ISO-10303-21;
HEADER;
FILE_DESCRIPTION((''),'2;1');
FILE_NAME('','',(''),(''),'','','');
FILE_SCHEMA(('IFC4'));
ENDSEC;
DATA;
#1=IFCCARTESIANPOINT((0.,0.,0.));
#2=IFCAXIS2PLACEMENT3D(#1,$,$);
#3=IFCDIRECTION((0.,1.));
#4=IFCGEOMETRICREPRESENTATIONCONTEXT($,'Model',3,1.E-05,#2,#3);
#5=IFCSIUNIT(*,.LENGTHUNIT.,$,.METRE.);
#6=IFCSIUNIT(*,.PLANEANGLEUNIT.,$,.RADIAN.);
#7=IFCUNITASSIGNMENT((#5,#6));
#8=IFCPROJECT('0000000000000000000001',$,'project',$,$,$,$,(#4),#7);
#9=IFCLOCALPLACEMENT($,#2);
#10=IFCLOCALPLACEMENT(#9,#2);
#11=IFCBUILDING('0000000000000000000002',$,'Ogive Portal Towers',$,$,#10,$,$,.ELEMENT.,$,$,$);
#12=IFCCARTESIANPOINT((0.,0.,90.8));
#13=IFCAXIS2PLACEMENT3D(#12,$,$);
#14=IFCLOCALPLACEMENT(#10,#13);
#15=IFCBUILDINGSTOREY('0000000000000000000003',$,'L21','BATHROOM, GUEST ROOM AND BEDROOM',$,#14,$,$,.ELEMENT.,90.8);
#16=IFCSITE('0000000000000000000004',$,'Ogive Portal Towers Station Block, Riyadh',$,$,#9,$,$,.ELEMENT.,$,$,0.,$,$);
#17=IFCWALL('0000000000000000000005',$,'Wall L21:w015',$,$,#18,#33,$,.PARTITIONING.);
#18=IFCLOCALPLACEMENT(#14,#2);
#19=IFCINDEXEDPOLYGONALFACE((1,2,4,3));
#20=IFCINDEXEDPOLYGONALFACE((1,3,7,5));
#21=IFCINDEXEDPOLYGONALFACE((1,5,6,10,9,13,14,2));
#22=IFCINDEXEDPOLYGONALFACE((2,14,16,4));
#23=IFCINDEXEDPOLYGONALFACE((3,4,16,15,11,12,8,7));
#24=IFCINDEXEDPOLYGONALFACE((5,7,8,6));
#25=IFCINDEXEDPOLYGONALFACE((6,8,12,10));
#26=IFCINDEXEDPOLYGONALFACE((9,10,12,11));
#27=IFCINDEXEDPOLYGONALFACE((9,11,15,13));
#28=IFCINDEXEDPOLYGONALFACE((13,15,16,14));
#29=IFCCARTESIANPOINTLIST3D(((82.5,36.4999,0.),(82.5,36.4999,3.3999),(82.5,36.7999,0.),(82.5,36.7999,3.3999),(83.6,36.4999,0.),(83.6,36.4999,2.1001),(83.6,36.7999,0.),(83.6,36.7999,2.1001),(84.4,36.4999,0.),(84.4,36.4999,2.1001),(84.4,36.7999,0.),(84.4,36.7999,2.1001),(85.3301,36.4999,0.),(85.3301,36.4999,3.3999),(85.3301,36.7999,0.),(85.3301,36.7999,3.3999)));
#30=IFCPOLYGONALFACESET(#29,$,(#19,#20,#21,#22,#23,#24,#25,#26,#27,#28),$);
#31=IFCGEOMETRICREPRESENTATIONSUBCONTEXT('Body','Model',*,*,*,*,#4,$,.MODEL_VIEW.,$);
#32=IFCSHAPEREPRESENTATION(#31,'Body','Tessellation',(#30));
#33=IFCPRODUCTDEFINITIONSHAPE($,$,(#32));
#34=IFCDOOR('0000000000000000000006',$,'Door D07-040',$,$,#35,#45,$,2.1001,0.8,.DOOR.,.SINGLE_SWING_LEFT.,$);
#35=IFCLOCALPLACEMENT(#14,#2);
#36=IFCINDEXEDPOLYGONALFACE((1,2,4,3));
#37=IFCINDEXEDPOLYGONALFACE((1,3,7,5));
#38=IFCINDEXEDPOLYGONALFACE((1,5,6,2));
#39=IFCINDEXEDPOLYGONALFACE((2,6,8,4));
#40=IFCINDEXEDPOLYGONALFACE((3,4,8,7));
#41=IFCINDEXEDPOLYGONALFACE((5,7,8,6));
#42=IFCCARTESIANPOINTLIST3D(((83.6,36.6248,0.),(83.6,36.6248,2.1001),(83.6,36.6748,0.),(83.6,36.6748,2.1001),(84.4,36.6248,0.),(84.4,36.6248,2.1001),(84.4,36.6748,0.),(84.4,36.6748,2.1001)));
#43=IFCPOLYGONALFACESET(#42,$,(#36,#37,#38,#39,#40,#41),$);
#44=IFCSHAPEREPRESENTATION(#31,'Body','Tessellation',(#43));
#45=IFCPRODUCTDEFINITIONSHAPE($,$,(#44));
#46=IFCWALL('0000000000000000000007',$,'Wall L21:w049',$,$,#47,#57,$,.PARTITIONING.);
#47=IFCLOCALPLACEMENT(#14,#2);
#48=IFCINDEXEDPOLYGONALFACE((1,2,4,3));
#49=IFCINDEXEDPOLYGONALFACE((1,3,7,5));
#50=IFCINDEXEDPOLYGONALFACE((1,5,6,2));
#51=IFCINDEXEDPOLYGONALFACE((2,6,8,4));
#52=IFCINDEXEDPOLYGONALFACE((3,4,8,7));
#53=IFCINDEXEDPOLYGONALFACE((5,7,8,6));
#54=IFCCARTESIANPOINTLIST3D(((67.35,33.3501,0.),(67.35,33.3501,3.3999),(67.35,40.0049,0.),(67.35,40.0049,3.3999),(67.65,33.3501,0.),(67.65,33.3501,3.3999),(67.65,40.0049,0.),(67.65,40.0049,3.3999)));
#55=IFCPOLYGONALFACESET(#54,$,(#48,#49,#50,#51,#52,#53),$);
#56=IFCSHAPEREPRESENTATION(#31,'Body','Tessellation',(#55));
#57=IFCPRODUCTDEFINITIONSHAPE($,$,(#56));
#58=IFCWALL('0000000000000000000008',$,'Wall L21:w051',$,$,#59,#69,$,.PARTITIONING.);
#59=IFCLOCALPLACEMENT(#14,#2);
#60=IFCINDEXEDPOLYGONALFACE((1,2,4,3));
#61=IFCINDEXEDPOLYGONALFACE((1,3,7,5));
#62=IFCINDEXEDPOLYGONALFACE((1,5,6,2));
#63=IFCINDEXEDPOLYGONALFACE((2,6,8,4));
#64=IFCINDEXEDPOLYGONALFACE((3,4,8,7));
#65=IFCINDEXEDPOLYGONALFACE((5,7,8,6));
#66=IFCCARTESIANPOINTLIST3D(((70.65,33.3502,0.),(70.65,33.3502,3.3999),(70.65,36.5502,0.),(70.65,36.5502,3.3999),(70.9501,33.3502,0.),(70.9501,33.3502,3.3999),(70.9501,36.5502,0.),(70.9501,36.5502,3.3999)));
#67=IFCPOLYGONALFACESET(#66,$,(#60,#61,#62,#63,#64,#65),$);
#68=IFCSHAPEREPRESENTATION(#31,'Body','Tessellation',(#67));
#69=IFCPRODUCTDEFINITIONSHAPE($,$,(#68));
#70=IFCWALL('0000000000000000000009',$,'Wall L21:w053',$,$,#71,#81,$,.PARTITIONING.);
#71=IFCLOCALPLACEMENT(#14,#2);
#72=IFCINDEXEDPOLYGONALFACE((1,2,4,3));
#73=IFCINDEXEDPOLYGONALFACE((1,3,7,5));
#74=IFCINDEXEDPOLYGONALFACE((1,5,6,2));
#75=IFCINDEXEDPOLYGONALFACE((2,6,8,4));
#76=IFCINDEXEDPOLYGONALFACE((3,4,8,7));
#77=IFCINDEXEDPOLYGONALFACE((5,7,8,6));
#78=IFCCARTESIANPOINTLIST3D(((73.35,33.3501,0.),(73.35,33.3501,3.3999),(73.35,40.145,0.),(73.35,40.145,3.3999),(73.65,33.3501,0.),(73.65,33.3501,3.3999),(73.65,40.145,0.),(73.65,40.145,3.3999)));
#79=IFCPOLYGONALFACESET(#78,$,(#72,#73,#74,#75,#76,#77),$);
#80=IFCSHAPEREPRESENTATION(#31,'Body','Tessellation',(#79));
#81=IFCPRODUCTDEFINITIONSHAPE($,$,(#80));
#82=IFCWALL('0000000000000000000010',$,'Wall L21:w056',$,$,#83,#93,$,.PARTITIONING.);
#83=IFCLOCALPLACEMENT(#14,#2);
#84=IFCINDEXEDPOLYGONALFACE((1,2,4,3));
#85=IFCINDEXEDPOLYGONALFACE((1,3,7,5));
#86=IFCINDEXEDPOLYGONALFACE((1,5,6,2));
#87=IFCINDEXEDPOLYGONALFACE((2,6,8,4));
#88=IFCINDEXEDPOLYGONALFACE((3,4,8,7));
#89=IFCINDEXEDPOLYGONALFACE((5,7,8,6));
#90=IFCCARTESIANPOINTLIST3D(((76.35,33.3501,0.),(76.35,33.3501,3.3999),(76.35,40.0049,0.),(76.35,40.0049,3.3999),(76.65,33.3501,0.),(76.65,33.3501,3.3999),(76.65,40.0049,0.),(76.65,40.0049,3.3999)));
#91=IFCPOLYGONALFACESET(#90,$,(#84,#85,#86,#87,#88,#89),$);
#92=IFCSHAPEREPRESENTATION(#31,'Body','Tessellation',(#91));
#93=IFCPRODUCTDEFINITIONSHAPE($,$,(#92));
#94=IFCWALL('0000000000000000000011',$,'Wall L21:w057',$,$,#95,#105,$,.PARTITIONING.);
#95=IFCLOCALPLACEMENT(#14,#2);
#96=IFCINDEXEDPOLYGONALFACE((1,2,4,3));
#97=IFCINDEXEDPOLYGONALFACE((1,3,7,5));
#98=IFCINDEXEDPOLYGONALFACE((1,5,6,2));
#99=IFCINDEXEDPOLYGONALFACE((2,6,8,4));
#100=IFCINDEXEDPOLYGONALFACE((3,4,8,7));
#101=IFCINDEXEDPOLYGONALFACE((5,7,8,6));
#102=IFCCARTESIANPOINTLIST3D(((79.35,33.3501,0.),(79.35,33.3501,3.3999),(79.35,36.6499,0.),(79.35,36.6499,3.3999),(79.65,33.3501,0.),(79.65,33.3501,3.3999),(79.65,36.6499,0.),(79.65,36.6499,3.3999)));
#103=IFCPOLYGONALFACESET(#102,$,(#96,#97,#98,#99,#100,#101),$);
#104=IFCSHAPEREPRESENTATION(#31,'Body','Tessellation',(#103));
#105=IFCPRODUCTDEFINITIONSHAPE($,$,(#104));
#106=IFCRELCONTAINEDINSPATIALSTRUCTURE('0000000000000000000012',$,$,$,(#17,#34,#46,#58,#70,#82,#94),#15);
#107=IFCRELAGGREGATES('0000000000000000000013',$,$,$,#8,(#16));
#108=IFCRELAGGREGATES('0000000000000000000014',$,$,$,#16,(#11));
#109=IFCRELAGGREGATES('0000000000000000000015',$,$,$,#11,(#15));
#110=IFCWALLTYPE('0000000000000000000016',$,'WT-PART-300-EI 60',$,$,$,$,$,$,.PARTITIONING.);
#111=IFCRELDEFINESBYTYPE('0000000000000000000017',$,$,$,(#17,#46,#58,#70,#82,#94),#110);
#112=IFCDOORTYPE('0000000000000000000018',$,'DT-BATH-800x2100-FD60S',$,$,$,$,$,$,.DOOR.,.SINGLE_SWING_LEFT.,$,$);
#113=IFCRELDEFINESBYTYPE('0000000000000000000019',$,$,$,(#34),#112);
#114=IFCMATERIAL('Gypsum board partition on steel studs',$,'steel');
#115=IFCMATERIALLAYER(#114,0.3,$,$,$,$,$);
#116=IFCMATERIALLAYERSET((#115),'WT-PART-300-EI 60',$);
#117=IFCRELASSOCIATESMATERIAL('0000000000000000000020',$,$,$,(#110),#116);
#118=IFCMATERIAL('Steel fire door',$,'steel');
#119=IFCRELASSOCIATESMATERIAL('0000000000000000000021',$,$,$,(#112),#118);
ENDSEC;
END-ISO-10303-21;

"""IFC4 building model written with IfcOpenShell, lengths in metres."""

from ifc_helpers import new_model, si_unit, direction, frame, frame_2d, origin, place, context, subcontext, project, spatial, rectangle, extrude, material, layer, layer_set, type_object, element, fill, save


model = new_model("IFC4")

# Units and contexts
model_context = context("Model", 3, precision=1e-05, world=origin(), true_north=direction((0.0, 1.0)))
body_context = subcontext(model_context, "Body", "Model", "MODEL_VIEW")
ifc_project = project(units=[si_unit("LENGTHUNIT", "METRE"), si_unit("PLANEANGLEUNIT", "RADIAN")], contexts=[model_context])

# Site, building, storey
site_placement = place(None, origin())
site = spatial("IfcSite", under=ifc_project, at=site_placement, Name="Ogive Portal Towers Station Block, Riyadh", CompositionType="ELEMENT", RefElevation=0.0)
building_placement = place(site_placement, origin())
building = spatial("IfcBuilding", under=site, at=building_placement, Name="Ogive Portal Towers", CompositionType="ELEMENT")
storey_placement = place(building_placement, frame((0.0, 0.0, 90.8)))
storey = spatial("IfcBuildingStorey", under=building, at=storey_placement, Name="L21", Description="BATHROOM, GUEST ROOM AND BEDROOM", CompositionType="ELEMENT", Elevation=90.8)

# Wall, opening, door
ifc_material_1 = material(Name="Gypsum board partition on steel studs", Category="steel")
ifc_layer_1 = layer(ifc_material_1, 0.3)
ifc_layer_set_1 = layer_set([ifc_layer_1], Name="WT-PART-300-EI 60")
wall_type_1 = type_object("IfcWallType", Name="WT-PART-300-EI 60", PredefinedType="PARTITIONING", material=ifc_layer_set_1)
ifc_material_2 = material(Name="Steel fire door", Category="steel")
door_type_1 = type_object("IfcDoorType", Name="DT-BATH-800x2100-FD60S", OperationType="SINGLE_SWING_LEFT", PredefinedType="DOOR", material=ifc_material_2)
wall_1_placement = place(storey_placement, frame((82.5, 36.6499, 0.0), z_axis=(0.0, 0.0, 1.0), x_axis=(1.0, 0.0, 0.0)))
wall_1 = element("IfcWall", 1, at=wall_1_placement, inside=storey, type_object=wall_type_1, Name="Wall L21:w015", PredefinedType="PARTITIONING", context=body_context, shape_type="SweptSolid", body=[
    extrude(rectangle(XDim=2.8301, YDim=0.3, at=frame_2d((1.415, 0.0))), origin(), (0.0, 0.0, 1.0), 3.3999),
])
opening_1_placement = place(wall_1_placement, frame((1.1001, 0.0, 0.0)))
opening_1 = element("IfcOpeningElement", 2, at=opening_1_placement, cuts=wall_1, PredefinedType="OPENING", context=body_context, shape_type="SweptSolid", body=[
    extrude(rectangle(XDim=0.8, YDim=2.1001, at=frame_2d((0.3999, 1.05))), frame((0.0, 0.1602, 0.0), z_axis=(0.0, -1.0, 0.0), x_axis=(1.0, 0.0, 0.0)), (0.0, 0.0, 1.0), 0.3201),
])
door_1_placement = place(opening_1_placement, origin())
door_1 = element("IfcDoor", 3, at=door_1_placement, inside=storey, type_object=door_type_1, Name="Door D07-040", OperationType="SINGLE_SWING_LEFT", OverallHeight=2.1001, OverallWidth=0.8, PredefinedType="DOOR", context=body_context, shape_type="SweptSolid", body=[
    extrude(rectangle(XDim=0.8, YDim=2.1001, at=frame_2d((0.3999, 1.05))), frame((0.0, 0.0249, 0.0), z_axis=(0.0, -1.0, 0.0), x_axis=(1.0, 0.0, 0.0)), (0.0, 0.0, 1.0), 0.05),
])
fill(opening_1, door_1)

# Walls
wall_2_placement = place(storey_placement, frame((67.5, 33.3501, 0.0), z_axis=(0.0, 0.0, 1.0), x_axis=(0.0, 1.0, 0.0)))
element("IfcWall", 4, at=wall_2_placement, inside=storey, type_object=wall_type_1, Name="Wall L21:w049", PredefinedType="PARTITIONING", context=body_context, shape_type="SweptSolid", body=[
    extrude(rectangle(XDim=6.6548, YDim=0.3, at=frame_2d((3.3274, 0.0))), origin(), (0.0, 0.0, 1.0), 3.3999),
])
wall_3_placement = place(storey_placement, frame((70.8, 33.3501, 0.0), z_axis=(0.0, 0.0, 1.0), x_axis=(0.0, 1.0, 0.0)))
element("IfcWall", 5, at=wall_3_placement, inside=storey, type_object=wall_type_1, Name="Wall L21:w051", PredefinedType="PARTITIONING", context=body_context, shape_type="SweptSolid", body=[
    extrude(rectangle(XDim=3.2, YDim=0.3, at=frame_2d((1.6001, 0.0))), origin(), (0.0, 0.0, 1.0), 3.3999),
])
wall_4_placement = place(storey_placement, frame((73.5, 33.3501, 0.0), z_axis=(0.0, 0.0, 1.0), x_axis=(0.0, 1.0, 0.0)))
element("IfcWall", 6, at=wall_4_placement, inside=storey, type_object=wall_type_1, Name="Wall L21:w053", PredefinedType="PARTITIONING", context=body_context, shape_type="SweptSolid", body=[
    extrude(rectangle(XDim=6.7949, YDim=0.3, at=frame_2d((3.3975, 0.0))), origin(), (0.0, 0.0, 1.0), 3.3999),
])
wall_5_placement = place(storey_placement, frame((76.5, 33.3501, 0.0), z_axis=(0.0, 0.0, 1.0), x_axis=(0.0, 1.0, 0.0)))
element("IfcWall", 7, at=wall_5_placement, inside=storey, type_object=wall_type_1, Name="Wall L21:w056", PredefinedType="PARTITIONING", context=body_context, shape_type="SweptSolid", body=[
    extrude(rectangle(XDim=6.6548, YDim=0.3, at=frame_2d((3.3274, 0.0))), origin(), (0.0, 0.0, 1.0), 3.3999),
])
wall_6_placement = place(storey_placement, frame((79.5, 33.3501, 0.0), z_axis=(0.0, 0.0, 1.0), x_axis=(0.0, 1.0, 0.0)))
element("IfcWall", 8, at=wall_6_placement, inside=storey, type_object=wall_type_1, Name="Wall L21:w057", PredefinedType="PARTITIONING", context=body_context, shape_type="SweptSolid", body=[
    extrude(rectangle(XDim=3.2998, YDim=0.3, at=frame_2d((1.6499, 0.0))), origin(), (0.0, 0.0, 1.0), 3.3999),
])

save(model, "model.ifc")
